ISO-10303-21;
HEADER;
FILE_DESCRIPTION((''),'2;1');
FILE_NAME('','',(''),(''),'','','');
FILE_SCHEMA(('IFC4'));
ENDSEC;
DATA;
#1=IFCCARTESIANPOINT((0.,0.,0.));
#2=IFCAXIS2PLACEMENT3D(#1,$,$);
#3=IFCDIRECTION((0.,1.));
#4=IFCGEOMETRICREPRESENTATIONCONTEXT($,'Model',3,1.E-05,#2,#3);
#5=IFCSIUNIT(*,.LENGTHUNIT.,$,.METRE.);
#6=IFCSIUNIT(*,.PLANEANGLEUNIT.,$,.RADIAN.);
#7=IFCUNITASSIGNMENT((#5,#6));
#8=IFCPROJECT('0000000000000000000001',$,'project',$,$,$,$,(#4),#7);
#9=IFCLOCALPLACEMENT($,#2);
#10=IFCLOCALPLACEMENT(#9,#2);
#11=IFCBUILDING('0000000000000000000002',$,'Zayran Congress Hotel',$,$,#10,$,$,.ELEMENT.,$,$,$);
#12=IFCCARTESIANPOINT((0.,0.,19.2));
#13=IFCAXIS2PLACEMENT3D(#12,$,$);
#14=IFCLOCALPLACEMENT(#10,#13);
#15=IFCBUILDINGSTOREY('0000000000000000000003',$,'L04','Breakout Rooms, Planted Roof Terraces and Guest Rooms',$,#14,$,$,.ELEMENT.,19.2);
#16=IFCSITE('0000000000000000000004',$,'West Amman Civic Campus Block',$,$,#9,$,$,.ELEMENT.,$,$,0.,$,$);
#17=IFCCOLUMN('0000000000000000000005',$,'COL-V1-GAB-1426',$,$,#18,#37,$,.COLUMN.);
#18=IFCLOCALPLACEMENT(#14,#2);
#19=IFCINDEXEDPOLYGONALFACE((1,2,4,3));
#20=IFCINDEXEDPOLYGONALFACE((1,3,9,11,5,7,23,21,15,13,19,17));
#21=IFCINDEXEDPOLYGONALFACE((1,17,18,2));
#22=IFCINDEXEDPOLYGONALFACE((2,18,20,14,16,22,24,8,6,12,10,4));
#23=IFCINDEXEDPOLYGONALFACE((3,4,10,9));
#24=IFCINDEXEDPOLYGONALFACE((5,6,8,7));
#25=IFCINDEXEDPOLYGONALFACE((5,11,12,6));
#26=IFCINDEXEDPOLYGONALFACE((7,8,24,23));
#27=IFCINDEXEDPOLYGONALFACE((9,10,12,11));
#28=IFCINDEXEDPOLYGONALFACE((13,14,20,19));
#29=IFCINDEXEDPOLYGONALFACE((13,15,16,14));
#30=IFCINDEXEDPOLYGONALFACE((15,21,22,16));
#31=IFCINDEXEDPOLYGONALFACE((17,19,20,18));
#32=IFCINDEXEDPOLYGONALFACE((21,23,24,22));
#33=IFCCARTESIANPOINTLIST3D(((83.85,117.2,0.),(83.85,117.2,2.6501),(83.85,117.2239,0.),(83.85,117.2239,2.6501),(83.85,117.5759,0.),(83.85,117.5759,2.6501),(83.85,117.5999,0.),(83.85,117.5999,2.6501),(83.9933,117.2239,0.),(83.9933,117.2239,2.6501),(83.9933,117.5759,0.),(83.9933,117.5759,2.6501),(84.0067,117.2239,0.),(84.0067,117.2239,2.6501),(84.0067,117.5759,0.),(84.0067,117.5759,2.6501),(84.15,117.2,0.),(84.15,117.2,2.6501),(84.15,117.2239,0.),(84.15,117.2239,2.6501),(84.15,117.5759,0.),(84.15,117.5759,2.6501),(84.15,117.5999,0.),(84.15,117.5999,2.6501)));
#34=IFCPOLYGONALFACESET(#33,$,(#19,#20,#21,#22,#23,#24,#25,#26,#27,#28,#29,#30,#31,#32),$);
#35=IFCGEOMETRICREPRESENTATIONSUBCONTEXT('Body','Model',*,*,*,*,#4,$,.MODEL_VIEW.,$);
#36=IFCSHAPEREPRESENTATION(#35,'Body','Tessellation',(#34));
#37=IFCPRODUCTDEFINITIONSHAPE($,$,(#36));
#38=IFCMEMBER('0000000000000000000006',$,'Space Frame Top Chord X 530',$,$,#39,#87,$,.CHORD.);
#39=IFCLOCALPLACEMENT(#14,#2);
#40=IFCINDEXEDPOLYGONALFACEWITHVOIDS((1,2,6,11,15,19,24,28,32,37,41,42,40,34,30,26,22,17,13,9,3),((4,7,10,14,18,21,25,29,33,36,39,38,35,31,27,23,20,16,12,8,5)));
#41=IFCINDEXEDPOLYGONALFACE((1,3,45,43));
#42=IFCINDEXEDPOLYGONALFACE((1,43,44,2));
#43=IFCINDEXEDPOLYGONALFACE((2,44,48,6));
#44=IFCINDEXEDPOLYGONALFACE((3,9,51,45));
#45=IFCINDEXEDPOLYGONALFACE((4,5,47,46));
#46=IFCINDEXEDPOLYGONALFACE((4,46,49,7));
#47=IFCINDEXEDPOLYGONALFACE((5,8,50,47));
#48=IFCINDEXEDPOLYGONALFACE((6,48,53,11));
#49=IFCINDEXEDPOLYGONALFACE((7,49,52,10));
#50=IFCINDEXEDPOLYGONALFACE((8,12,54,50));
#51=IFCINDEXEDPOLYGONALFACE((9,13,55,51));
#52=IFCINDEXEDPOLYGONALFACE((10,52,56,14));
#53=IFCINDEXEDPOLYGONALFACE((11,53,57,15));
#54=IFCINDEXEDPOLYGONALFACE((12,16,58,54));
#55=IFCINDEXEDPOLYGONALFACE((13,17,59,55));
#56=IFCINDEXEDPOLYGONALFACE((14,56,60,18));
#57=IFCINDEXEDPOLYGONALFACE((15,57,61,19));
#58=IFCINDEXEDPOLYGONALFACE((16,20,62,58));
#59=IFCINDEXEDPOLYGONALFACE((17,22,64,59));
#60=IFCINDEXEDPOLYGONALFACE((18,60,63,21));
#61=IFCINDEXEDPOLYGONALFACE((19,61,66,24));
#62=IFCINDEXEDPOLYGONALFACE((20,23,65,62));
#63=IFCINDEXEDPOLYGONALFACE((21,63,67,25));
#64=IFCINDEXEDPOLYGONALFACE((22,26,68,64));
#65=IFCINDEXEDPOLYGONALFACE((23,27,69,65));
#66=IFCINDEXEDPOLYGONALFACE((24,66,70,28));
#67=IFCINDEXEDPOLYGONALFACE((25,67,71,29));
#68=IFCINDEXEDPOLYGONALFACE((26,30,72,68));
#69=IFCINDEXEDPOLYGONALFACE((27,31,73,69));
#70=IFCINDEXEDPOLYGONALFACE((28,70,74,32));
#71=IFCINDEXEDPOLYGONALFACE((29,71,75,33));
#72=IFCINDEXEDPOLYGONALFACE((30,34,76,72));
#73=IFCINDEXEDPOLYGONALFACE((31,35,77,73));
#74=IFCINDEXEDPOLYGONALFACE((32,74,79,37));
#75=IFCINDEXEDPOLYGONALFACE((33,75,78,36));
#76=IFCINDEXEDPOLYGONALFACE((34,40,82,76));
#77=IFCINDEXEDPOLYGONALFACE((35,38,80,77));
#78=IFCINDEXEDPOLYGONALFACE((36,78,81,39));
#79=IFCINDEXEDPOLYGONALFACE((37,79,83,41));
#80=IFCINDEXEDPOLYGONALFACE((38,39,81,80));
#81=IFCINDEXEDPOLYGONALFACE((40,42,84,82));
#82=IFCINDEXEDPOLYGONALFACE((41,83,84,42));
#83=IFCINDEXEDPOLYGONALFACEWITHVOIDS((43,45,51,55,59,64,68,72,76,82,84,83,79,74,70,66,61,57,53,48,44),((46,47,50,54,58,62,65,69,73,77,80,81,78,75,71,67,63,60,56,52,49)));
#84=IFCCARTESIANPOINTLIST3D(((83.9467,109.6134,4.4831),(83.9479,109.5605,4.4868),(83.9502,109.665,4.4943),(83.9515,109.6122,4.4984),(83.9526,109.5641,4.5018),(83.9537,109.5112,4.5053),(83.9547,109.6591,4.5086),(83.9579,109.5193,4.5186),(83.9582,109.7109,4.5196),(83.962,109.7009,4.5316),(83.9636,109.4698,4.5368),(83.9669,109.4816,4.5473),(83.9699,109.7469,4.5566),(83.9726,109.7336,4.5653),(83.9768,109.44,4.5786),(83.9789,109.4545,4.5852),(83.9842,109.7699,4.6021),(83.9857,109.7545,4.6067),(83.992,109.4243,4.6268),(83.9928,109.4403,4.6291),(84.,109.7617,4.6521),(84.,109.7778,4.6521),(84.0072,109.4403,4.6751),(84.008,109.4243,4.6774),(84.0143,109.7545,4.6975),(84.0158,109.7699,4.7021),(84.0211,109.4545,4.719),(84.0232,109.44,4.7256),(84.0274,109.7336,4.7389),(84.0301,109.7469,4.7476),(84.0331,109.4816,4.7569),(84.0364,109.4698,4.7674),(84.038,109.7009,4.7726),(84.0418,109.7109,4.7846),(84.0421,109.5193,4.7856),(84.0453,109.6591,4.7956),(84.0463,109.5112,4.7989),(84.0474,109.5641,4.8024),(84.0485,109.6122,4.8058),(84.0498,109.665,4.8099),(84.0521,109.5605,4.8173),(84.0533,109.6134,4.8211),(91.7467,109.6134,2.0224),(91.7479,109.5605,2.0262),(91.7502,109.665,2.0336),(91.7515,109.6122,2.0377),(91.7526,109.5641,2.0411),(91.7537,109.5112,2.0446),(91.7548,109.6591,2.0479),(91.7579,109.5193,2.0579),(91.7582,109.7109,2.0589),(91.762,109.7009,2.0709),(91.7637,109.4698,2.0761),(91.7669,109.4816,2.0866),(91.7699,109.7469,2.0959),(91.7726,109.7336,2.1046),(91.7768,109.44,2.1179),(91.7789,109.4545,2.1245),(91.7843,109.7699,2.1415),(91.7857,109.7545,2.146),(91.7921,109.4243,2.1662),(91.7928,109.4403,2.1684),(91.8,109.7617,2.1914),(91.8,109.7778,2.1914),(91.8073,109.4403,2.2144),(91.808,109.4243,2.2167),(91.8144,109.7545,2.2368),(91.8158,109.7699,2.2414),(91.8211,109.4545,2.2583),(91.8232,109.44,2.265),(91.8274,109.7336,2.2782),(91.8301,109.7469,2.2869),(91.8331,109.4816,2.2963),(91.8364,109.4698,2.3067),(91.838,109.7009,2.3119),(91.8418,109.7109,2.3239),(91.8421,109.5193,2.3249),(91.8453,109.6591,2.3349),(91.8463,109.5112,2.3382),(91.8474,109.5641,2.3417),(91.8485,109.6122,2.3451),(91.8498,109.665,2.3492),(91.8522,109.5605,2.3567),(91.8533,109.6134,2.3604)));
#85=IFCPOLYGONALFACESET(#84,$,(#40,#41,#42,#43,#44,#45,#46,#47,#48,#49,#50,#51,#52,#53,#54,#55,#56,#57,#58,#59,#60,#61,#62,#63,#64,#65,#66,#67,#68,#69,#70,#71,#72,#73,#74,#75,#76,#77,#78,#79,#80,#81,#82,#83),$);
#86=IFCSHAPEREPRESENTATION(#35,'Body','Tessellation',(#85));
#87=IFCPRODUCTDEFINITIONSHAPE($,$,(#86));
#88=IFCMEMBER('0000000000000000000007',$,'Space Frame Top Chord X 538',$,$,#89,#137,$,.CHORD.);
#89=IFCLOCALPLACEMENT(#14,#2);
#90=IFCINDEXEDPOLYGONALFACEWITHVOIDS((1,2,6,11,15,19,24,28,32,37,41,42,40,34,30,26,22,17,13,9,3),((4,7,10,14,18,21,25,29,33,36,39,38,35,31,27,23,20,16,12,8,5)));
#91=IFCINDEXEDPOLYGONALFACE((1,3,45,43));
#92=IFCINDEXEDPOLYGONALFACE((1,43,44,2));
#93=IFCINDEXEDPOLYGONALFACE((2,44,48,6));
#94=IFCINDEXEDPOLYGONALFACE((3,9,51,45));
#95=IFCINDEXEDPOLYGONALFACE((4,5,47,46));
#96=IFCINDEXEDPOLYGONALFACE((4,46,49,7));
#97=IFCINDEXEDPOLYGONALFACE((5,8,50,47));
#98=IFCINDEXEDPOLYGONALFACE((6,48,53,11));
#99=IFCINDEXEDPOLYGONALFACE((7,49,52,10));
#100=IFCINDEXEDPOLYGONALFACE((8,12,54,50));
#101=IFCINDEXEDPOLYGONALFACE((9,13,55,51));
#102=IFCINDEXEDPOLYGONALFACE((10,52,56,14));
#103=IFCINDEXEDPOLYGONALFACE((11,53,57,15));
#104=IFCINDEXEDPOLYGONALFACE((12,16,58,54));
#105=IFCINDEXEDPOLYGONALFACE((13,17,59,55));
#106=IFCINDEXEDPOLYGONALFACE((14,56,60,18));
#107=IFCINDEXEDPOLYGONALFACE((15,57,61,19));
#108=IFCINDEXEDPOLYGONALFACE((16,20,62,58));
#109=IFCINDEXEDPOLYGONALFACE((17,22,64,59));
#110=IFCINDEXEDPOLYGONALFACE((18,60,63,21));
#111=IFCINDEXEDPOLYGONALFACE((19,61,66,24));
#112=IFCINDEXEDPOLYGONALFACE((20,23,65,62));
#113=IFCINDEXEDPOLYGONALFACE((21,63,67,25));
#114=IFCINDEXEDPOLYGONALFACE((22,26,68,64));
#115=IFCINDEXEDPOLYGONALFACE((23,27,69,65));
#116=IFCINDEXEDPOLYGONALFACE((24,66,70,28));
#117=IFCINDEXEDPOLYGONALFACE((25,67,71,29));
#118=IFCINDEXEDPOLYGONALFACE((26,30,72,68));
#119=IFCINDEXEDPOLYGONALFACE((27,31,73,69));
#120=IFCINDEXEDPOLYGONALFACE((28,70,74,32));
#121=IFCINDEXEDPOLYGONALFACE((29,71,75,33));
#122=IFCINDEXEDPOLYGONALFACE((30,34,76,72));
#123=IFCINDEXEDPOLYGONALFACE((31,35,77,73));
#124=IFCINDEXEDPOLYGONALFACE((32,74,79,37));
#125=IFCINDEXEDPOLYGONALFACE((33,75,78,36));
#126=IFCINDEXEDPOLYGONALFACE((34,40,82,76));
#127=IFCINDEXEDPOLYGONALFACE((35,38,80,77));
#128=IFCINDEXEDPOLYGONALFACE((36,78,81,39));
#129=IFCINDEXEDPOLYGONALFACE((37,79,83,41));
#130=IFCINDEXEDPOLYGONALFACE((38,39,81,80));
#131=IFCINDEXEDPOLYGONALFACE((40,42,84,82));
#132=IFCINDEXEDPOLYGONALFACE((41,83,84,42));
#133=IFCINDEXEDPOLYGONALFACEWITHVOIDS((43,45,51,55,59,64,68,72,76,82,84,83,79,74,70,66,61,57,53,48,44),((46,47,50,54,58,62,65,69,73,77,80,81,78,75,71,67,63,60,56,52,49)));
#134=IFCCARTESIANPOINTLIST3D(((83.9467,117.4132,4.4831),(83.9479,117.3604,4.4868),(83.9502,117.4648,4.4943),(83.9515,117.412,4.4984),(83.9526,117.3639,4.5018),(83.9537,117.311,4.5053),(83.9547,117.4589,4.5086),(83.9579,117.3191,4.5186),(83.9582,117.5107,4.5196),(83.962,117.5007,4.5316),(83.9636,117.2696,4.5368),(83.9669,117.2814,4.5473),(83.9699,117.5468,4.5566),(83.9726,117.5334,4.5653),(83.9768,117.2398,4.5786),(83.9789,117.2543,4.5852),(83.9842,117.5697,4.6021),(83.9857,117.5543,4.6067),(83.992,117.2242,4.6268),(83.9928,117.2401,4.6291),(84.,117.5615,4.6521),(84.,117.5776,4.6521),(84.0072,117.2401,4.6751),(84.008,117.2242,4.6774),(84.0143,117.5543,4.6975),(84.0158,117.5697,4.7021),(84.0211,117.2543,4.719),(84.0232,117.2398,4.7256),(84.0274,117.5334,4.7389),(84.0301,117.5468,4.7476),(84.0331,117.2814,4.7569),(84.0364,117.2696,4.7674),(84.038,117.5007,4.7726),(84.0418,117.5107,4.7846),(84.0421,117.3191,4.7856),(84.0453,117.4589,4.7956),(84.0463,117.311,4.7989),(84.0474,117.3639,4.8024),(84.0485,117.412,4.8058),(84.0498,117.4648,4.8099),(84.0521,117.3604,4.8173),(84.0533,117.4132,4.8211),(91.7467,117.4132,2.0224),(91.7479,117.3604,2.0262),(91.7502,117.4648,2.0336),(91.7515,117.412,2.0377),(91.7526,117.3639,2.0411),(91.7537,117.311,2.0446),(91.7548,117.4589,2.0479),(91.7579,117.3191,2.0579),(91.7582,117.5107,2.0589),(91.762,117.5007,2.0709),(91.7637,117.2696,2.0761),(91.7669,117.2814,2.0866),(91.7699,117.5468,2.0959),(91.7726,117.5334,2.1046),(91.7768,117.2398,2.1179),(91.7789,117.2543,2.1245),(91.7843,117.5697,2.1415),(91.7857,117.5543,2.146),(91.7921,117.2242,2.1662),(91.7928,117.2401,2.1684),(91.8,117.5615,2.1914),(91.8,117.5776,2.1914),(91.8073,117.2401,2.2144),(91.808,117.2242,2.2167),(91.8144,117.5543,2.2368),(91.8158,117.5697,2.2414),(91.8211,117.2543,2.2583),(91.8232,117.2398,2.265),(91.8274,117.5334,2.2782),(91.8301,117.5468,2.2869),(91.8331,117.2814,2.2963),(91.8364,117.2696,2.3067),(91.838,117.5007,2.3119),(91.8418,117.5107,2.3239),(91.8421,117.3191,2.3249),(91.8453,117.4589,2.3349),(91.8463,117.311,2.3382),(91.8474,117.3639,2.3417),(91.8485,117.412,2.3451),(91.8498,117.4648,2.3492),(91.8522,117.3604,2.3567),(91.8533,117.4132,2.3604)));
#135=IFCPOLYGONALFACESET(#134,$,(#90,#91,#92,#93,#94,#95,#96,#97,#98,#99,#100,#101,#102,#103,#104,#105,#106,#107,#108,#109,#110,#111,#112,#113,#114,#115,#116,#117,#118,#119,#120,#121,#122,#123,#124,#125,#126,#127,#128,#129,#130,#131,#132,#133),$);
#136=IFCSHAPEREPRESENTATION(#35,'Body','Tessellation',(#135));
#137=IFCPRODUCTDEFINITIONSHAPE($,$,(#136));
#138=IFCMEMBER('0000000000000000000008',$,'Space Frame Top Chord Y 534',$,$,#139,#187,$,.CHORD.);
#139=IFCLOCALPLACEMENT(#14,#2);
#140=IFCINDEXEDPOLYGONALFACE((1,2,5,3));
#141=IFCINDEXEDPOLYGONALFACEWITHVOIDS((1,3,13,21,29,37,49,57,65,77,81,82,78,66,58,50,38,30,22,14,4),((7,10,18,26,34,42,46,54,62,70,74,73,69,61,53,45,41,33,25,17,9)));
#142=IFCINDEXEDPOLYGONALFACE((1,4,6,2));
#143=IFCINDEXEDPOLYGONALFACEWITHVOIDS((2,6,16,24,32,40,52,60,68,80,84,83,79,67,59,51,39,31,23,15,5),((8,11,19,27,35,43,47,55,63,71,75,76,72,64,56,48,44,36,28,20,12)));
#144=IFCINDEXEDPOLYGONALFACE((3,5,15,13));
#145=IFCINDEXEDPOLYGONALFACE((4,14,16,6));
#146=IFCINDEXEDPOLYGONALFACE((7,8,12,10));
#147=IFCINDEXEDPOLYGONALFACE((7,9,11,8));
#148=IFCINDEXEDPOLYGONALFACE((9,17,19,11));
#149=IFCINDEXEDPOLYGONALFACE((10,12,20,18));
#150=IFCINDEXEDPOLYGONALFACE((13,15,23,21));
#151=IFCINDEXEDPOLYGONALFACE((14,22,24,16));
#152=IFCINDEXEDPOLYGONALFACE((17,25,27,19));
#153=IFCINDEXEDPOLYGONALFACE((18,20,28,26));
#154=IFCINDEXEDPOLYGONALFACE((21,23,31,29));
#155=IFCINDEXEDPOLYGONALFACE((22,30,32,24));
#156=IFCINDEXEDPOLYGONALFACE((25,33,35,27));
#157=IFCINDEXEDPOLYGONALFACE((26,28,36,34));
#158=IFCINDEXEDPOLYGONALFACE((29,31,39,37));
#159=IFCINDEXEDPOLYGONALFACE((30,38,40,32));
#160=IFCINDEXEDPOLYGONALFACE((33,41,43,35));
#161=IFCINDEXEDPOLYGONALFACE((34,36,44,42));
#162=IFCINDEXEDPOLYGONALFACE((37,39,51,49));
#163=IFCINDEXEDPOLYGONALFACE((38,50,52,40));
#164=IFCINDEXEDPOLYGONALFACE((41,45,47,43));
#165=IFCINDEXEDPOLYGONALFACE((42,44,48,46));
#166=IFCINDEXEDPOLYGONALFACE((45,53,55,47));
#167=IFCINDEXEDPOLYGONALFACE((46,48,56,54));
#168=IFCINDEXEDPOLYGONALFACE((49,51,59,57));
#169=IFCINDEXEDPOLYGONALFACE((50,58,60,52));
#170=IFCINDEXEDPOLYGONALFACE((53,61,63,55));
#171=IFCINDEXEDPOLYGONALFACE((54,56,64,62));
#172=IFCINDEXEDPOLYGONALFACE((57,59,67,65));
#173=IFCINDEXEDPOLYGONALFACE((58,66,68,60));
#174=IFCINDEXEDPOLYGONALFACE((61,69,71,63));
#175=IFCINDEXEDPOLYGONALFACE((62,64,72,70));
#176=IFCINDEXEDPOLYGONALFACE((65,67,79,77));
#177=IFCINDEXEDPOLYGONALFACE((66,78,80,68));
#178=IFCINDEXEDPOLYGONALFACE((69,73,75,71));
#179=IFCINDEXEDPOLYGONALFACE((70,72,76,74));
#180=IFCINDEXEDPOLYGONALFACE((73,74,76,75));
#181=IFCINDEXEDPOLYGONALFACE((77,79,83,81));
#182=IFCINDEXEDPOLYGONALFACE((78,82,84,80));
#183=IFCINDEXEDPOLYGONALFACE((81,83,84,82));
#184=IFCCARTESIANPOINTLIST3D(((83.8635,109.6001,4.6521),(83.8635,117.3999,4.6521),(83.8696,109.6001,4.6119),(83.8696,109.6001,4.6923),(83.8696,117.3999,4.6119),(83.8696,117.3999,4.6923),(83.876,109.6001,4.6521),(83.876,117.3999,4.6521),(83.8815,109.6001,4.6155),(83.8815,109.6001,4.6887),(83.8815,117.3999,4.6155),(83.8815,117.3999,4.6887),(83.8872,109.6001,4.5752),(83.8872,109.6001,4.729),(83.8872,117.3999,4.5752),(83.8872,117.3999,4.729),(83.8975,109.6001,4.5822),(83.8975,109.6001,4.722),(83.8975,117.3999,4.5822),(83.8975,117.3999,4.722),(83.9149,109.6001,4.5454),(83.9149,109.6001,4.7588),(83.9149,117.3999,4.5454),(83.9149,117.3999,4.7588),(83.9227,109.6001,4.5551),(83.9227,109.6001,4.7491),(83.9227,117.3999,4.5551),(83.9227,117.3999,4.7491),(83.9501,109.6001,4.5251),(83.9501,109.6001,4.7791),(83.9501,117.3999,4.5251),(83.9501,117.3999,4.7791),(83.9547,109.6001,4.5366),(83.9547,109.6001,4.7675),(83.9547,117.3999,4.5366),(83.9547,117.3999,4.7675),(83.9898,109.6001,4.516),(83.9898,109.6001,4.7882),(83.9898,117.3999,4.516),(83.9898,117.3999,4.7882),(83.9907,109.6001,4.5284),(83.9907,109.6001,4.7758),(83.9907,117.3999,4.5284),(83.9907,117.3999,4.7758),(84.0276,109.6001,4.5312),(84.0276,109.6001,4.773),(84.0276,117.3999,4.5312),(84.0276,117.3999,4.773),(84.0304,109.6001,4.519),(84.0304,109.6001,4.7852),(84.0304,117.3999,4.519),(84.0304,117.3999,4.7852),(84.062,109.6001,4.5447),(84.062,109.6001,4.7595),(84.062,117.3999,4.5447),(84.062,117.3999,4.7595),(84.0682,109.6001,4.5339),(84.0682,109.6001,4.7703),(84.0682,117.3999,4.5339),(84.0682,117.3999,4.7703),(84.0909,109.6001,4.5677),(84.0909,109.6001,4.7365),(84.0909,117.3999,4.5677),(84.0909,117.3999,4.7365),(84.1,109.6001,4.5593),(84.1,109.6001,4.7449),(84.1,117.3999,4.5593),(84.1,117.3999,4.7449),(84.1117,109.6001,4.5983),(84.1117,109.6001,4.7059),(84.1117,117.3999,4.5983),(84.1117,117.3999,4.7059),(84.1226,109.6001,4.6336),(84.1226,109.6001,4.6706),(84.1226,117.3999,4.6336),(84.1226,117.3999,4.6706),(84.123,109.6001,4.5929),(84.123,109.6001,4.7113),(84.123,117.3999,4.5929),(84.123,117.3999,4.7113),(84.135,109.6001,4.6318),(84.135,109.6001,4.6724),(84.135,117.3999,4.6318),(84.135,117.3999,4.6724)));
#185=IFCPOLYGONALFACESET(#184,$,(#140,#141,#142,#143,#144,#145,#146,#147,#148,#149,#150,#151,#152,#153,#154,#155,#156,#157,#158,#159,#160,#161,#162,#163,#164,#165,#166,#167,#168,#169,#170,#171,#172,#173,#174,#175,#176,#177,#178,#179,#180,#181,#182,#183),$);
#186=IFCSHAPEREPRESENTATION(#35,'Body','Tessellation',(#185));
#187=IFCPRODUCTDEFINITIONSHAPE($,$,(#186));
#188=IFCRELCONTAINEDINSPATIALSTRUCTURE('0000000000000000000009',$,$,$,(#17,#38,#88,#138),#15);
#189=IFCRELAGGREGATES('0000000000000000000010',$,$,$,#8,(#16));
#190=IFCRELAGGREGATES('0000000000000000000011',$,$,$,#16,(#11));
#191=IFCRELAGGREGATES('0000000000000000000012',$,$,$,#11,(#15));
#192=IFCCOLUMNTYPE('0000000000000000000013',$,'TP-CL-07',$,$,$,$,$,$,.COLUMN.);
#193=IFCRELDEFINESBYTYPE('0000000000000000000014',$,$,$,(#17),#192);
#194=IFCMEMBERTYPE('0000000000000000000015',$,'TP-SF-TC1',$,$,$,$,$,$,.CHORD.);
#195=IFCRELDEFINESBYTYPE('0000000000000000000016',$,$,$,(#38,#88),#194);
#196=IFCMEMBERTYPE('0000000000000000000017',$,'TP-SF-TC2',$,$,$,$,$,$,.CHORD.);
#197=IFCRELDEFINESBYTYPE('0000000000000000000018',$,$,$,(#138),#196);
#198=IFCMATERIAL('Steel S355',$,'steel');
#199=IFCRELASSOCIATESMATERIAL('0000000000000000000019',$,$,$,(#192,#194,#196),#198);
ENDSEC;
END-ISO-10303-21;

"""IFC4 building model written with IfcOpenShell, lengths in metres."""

from ifc_helpers import new_model, si_unit, direction, frame, origin, origin_2d, place, context, subcontext, project, spatial, hollow_circle, i_section, extrude, material, material_profile, profile_set, type_object, element, save


model = new_model("IFC4")

# Units and contexts
model_context = context("Model", 3, precision=1e-05, world=origin(), true_north=direction((0.0, 1.0)))
body_context = subcontext(model_context, "Body", "Model", "MODEL_VIEW")
ifc_project = project(units=[si_unit("LENGTHUNIT", "METRE"), si_unit("PLANEANGLEUNIT", "RADIAN")], contexts=[model_context])

# Site, building, storey
site_placement = place(None, origin())
site = spatial("IfcSite", under=ifc_project, at=site_placement, Name="West Amman Civic Campus Block", CompositionType="ELEMENT", RefElevation=0.0)
building_placement = place(site_placement, origin())
building = spatial("IfcBuilding", under=site, at=building_placement, Name="Zayran Congress Hotel", CompositionType="ELEMENT")
storey_placement = place(building_placement, frame((0.0, 0.0, 19.2)))
storey = spatial("IfcBuildingStorey", under=building, at=storey_placement, Name="L04", Description="Breakout Rooms, Planted Roof Terraces and Guest Rooms", CompositionType="ELEMENT", Elevation=19.2)

# Column
ifc_material_1 = material(Name="Steel S355", Category="steel")
ifc_material_profile_1 = material_profile(ifc_material_1, i_section(OverallWidth=0.3, OverallDepth=0.3999, WebThickness=0.0134, FlangeThickness=0.0239, at=origin_2d()), Name="HEB 400")
ifc_profile_set_1 = profile_set([ifc_material_profile_1], Name="Steel S355")
column_type = type_object("IfcColumnType", Name="TP-CL-07", PredefinedType="COLUMN", material=ifc_profile_set_1)
column_placement = place(storey_placement, frame((84.0, 117.3999, 0.0), z_axis=(0.0, 0.0, 1.0), x_axis=(1.0, 0.0, 0.0)))
element("IfcColumn", 1, at=column_placement, inside=storey, type_object=column_type, Name="COL-V1-GAB-1426", PredefinedType="COLUMN", context=body_context, shape_type="SweptSolid", body=[
    extrude(i_section(OverallWidth=0.3, OverallDepth=0.3999, WebThickness=0.0134, FlangeThickness=0.0239, at=origin_2d()), origin(), (0.0, 0.0, 1.0), 2.6501),
])

# Members
ifc_material_profile_2 = material_profile(ifc_material_1, hollow_circle(Radius=0.1777, WallThickness=0.0161, at=origin_2d()), Name="CHS 355.6x16")
ifc_profile_set_2 = profile_set([ifc_material_profile_2], Name="Steel S355")
member_type_1 = type_object("IfcMemberType", Name="TP-SF-TC1", PredefinedType="CHORD", material=ifc_profile_set_2)
for number, where, z_axis, x_axis, name in (
    (2, (84.0, 109.6001, 4.6521), (0.95367, 0.0, -0.300856), (0.0, 1.0, 0.0), "Space Frame Top Chord X 530"),
    (3, (84.0, 117.3999, 4.6521), (0.95367, 0.0, -0.300856), (0.0, 1.0, 0.0), "Space Frame Top Chord X 538"),
):
    element("IfcMember", number, at=place(storey_placement, frame(where, z_axis=z_axis, x_axis=x_axis)), inside=storey, type_object=member_type_1, Name=name, PredefinedType="CHORD", context=body_context, shape_type="SweptSolid", body=[
        extrude(hollow_circle(Radius=0.1777, WallThickness=0.0161, at=origin_2d()), origin(), (0.0, 0.0, 1.0), 8.179),
    ])
ifc_material_profile_3 = material_profile(ifc_material_1, hollow_circle(Radius=0.1365, WallThickness=0.0125, at=origin_2d()), Name="CHS 273x12.5")
ifc_profile_set_3 = profile_set([ifc_material_profile_3], Name="Steel S355")
member_type_2 = type_object("IfcMemberType", Name="TP-SF-TC2", PredefinedType="CHORD", material=ifc_profile_set_3)
member_1_placement = place(storey_placement, frame((84.0, 109.6001, 4.6521), z_axis=(0.0, 1.0, 0.0), x_axis=(-1.0, 0.0, 0.0)))
element("IfcMember", 4, at=member_1_placement, inside=storey, type_object=member_type_2, Name="Space Frame Top Chord Y 534", PredefinedType="CHORD", context=body_context, shape_type="SweptSolid", body=[
    extrude(hollow_circle(Radius=0.1365, WallThickness=0.0125, at=origin_2d()), origin(), (0.0, 0.0, 1.0), 7.7998),
])

save(model, "model.ifc")
